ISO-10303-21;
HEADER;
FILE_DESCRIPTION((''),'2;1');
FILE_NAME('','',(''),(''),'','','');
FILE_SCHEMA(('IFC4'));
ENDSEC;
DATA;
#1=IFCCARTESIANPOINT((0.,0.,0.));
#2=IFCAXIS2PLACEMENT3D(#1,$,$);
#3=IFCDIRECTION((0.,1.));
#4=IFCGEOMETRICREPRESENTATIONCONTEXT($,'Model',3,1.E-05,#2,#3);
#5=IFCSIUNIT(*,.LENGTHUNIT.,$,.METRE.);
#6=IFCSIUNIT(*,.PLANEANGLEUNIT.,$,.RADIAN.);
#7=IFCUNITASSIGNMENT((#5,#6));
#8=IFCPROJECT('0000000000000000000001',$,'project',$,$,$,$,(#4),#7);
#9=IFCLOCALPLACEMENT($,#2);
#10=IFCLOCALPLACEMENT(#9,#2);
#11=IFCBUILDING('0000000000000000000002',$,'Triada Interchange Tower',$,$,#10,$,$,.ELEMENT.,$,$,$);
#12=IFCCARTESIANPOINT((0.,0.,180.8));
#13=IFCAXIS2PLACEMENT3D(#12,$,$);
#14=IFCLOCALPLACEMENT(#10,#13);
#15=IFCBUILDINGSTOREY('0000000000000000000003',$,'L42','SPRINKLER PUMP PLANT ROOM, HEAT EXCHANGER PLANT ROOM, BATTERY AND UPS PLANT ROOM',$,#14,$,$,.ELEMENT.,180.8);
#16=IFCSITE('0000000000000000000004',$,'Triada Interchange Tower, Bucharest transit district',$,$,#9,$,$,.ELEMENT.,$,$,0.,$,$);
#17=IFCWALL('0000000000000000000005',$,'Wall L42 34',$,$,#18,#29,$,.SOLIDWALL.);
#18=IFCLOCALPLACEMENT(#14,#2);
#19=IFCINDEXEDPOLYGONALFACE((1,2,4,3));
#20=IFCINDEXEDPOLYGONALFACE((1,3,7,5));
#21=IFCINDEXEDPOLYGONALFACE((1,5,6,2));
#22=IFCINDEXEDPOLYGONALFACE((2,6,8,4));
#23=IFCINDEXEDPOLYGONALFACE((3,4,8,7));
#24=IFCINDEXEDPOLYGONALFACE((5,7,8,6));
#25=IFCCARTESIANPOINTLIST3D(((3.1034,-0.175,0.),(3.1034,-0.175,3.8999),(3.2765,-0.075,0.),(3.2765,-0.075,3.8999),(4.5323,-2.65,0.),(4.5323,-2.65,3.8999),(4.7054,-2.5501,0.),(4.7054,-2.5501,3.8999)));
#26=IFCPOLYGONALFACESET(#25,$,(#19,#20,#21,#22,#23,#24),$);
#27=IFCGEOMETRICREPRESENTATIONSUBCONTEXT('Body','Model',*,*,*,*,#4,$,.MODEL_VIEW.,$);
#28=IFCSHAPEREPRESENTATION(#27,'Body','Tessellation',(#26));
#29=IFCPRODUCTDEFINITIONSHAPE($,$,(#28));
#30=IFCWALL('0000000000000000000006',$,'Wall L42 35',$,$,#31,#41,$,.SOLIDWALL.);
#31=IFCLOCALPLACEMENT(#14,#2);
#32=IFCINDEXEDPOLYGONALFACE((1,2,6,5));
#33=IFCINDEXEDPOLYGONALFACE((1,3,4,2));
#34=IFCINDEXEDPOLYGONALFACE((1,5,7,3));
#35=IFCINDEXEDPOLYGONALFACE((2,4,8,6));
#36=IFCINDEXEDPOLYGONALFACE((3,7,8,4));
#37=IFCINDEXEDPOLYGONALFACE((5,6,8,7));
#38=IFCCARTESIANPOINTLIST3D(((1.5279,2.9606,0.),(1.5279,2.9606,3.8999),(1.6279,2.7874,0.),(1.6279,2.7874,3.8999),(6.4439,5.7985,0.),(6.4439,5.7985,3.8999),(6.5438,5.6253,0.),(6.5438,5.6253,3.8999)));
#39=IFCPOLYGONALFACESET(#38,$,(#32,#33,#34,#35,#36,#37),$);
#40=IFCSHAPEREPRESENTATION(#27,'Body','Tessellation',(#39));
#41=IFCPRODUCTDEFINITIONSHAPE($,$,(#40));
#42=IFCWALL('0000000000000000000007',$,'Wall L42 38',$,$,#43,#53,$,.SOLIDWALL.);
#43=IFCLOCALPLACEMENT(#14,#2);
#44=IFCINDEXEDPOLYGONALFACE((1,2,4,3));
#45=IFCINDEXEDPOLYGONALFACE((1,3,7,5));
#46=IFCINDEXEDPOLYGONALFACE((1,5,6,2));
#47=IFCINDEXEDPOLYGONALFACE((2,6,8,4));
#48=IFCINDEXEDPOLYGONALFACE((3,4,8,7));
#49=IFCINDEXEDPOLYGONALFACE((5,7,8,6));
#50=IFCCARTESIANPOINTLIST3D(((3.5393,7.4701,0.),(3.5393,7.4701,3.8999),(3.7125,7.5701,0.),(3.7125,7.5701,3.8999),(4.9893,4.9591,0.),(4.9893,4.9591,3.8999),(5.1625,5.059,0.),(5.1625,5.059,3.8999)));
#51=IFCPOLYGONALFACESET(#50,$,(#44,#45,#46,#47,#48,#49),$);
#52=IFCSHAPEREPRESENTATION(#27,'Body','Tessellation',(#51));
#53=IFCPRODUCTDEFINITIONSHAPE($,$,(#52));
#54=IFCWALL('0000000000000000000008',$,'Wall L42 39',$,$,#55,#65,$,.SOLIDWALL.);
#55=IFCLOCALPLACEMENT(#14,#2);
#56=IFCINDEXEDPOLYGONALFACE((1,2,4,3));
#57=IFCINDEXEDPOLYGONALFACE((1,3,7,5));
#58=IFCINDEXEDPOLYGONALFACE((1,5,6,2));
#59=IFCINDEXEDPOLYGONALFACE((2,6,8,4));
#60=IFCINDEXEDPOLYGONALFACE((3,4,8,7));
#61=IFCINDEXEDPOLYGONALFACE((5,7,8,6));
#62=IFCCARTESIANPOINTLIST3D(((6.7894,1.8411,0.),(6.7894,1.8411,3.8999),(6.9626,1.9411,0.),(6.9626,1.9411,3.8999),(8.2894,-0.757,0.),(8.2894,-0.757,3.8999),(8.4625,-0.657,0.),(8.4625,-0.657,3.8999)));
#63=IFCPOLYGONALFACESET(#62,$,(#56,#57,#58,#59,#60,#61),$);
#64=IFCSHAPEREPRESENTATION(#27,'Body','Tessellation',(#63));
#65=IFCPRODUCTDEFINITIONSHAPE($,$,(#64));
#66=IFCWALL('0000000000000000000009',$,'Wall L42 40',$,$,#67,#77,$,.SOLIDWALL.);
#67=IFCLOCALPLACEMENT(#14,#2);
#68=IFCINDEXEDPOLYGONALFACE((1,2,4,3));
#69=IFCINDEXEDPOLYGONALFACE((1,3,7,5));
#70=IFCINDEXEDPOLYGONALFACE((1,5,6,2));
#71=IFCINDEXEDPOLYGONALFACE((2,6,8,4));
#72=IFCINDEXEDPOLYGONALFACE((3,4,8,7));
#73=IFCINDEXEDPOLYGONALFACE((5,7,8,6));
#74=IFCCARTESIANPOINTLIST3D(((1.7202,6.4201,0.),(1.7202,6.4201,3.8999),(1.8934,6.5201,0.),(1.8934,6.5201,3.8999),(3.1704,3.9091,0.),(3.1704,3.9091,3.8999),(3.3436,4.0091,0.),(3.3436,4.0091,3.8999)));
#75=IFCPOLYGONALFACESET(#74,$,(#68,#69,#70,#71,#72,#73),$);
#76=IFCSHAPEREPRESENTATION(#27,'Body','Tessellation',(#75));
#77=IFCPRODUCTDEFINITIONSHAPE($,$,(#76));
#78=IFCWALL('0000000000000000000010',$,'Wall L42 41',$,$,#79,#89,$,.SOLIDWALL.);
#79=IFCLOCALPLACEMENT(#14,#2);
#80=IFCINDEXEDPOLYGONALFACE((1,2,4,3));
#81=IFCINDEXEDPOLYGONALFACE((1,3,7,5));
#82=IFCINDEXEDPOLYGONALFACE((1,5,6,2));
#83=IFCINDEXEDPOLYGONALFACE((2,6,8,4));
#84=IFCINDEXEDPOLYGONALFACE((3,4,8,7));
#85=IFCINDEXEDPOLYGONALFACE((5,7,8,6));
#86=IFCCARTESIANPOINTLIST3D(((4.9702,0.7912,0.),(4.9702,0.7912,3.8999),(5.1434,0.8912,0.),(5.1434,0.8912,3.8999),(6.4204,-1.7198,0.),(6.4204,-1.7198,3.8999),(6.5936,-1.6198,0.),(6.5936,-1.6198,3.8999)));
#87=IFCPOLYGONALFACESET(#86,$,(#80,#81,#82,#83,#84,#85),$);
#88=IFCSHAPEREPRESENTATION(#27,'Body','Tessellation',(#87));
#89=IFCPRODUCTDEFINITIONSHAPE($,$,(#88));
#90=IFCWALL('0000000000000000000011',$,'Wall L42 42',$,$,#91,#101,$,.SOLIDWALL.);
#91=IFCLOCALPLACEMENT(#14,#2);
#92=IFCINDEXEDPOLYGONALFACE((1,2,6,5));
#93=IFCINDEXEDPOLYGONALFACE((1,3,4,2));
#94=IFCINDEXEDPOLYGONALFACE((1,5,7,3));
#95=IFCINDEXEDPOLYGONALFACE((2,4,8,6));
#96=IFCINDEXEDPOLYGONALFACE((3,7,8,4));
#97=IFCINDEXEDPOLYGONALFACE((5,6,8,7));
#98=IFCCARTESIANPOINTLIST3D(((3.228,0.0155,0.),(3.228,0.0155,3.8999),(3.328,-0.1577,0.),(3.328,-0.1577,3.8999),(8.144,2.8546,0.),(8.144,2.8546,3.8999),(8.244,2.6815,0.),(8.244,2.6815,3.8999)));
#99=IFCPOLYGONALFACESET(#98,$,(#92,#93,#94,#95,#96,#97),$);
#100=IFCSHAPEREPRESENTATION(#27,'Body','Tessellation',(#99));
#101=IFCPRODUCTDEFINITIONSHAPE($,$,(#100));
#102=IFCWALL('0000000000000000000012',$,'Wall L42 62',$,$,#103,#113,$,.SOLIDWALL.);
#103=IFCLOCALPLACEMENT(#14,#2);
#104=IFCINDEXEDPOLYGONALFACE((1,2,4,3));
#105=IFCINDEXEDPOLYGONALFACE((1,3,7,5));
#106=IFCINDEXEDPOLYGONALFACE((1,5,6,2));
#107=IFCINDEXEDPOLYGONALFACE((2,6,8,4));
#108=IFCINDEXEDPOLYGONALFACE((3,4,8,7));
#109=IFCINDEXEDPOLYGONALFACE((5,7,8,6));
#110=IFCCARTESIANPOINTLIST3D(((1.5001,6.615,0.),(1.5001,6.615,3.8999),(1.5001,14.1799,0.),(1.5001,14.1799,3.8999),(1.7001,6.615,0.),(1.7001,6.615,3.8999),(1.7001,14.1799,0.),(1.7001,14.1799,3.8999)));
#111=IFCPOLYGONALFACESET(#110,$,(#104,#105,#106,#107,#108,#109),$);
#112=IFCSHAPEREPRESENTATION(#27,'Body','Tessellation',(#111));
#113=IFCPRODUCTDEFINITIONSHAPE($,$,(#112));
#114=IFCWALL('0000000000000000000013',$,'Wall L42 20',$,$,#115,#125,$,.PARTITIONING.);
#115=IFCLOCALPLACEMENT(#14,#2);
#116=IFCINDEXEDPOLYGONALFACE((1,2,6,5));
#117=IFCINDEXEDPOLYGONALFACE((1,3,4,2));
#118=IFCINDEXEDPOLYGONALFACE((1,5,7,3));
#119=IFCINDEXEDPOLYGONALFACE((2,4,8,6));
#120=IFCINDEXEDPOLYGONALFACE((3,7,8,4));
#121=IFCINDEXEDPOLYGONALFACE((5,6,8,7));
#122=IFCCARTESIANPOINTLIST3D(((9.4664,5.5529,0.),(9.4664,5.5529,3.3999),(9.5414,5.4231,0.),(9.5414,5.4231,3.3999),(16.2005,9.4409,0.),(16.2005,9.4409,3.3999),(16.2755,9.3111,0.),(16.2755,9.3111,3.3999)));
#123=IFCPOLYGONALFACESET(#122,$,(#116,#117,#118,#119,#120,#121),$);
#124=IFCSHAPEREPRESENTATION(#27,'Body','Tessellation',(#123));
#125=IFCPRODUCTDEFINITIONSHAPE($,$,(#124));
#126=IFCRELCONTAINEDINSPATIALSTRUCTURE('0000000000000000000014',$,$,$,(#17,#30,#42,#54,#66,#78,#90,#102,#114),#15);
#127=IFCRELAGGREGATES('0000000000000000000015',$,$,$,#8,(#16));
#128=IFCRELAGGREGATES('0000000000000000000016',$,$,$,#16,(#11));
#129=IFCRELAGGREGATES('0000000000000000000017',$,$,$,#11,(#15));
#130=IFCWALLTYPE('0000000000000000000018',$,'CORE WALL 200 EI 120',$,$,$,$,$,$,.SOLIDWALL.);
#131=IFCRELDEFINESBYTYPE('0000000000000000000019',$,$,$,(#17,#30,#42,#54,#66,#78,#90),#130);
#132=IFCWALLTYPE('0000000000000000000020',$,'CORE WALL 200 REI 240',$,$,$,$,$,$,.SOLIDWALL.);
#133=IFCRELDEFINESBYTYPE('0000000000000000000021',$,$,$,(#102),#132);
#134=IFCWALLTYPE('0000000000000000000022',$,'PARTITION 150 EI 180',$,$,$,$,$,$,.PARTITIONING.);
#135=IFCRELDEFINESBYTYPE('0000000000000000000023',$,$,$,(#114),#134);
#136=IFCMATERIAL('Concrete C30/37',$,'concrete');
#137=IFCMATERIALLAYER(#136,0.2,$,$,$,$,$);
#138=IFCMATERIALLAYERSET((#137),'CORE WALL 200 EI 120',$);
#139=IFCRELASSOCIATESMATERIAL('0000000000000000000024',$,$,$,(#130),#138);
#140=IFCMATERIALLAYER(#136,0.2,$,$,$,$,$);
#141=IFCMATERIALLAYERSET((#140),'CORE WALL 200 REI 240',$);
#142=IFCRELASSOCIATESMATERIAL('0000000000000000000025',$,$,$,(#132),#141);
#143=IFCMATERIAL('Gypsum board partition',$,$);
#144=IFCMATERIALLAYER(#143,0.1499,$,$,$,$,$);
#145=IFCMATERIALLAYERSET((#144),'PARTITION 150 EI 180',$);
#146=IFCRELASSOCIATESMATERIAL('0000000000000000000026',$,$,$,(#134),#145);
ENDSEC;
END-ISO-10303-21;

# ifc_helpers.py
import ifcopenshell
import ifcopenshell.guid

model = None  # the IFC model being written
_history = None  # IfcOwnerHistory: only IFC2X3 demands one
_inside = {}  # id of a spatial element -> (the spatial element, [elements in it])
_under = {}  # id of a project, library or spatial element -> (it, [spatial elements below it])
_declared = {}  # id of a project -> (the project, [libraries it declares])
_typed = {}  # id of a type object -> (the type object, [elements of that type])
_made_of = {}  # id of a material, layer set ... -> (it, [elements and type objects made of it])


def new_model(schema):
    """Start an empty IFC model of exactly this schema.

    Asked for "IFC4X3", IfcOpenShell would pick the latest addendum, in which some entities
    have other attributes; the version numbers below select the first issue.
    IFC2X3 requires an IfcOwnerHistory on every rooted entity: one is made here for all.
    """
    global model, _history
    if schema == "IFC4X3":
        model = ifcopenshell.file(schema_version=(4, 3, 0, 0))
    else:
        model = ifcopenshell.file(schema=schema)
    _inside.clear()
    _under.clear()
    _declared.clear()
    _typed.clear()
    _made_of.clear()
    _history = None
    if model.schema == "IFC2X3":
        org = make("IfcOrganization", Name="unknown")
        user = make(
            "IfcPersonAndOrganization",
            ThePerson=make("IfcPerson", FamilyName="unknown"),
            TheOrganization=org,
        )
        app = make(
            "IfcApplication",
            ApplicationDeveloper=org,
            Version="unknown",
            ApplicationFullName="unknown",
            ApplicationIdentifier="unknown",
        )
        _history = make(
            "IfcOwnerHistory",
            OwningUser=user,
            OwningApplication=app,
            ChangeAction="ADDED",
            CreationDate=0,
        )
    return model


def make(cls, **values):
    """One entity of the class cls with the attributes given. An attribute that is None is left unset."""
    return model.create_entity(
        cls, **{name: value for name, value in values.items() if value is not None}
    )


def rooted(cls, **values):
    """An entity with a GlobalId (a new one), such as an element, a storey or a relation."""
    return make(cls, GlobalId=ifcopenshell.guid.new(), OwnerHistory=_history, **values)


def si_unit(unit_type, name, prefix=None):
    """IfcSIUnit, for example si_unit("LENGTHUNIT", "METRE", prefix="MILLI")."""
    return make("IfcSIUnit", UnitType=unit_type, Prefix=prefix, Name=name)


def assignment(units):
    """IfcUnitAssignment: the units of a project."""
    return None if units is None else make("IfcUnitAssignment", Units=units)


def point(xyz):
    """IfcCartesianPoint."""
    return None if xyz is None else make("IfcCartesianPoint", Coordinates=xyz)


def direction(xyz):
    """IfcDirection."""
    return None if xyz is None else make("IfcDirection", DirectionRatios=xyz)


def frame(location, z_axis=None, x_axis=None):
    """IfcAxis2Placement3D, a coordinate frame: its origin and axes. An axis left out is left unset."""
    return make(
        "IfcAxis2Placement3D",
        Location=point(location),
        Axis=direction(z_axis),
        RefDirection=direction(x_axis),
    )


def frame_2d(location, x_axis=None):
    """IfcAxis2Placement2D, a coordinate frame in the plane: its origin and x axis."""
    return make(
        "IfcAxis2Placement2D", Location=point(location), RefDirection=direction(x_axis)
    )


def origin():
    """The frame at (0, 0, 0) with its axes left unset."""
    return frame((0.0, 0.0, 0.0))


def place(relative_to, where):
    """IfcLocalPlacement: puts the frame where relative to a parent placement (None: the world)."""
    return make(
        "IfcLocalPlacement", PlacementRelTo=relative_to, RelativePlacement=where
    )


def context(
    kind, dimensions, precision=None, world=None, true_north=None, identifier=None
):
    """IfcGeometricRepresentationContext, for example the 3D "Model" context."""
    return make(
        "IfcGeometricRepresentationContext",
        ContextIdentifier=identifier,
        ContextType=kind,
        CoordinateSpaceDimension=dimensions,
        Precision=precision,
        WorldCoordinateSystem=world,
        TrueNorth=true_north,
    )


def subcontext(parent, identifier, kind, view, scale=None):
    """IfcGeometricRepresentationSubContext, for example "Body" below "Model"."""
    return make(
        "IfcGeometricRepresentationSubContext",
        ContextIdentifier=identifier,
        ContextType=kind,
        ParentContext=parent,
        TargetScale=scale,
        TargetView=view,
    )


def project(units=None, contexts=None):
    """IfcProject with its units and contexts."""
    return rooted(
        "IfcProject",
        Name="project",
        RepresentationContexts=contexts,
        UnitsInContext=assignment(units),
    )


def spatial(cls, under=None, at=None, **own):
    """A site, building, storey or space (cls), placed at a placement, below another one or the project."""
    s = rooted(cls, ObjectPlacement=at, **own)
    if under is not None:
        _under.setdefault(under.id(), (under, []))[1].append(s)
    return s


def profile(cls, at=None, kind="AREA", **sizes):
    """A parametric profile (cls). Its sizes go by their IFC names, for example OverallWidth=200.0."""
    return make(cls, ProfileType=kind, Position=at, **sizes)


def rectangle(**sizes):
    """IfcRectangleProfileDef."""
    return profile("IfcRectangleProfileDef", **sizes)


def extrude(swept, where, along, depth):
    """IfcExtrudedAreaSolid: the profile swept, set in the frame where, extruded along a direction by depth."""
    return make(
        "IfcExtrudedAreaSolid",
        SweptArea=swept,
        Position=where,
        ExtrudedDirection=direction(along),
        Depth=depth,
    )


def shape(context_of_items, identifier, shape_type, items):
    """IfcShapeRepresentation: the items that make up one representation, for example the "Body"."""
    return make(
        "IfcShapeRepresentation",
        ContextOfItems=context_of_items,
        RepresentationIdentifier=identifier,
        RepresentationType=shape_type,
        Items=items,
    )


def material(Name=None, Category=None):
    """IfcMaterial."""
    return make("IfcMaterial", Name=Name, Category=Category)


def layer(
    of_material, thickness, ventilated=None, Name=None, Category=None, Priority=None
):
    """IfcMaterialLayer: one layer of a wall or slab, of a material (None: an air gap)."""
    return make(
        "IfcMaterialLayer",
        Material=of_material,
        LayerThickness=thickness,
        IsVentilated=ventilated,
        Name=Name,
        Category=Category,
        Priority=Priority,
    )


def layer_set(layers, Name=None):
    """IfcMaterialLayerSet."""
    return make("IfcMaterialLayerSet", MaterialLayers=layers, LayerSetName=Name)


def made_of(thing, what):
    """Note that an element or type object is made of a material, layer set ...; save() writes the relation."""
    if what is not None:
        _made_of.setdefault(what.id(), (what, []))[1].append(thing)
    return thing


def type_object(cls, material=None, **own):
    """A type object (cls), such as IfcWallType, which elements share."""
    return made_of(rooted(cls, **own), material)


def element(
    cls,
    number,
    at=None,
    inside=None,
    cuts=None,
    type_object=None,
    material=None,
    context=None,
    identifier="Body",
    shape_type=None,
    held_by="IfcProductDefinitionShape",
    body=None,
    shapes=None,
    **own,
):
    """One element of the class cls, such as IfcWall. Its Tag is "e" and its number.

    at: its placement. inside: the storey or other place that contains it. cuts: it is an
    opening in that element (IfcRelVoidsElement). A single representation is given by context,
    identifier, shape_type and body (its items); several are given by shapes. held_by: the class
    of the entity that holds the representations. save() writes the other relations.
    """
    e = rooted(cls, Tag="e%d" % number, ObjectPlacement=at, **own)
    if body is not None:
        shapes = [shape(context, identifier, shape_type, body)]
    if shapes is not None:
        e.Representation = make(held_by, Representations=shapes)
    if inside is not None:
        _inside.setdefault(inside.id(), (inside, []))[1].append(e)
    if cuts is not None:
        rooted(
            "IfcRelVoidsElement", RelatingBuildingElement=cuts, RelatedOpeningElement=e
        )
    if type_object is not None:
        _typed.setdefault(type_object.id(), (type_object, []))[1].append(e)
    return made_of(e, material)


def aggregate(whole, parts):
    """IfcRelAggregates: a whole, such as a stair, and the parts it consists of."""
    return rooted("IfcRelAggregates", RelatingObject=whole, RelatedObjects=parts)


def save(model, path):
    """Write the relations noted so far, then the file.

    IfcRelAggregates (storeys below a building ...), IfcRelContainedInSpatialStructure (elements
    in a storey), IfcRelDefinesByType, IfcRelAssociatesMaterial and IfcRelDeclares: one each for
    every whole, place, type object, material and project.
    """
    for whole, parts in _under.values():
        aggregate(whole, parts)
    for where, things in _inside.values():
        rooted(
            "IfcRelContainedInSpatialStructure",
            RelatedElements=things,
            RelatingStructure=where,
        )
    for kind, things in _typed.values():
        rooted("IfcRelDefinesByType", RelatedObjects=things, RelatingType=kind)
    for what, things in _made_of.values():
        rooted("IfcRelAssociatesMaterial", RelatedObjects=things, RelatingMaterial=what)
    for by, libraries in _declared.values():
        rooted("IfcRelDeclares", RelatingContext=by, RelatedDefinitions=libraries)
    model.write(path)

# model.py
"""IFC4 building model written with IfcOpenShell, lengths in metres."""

from ifc_helpers import new_model, si_unit, direction, frame, frame_2d, origin, place, context, subcontext, project, spatial, rectangle, extrude, material, layer, layer_set, type_object, element, save


model = new_model("IFC4")

# Units and contexts
model_context = context("Model", 3, precision=1e-05, world=origin(), true_north=direction((0.0, 1.0)))
body_context = subcontext(model_context, "Body", "Model", "MODEL_VIEW")
ifc_project = project(units=[si_unit("LENGTHUNIT", "METRE"), si_unit("PLANEANGLEUNIT", "RADIAN")], contexts=[model_context])

# Site, building, storey
site_placement = place(None, origin())
site = spatial("IfcSite", under=ifc_project, at=site_placement, Name="Triada Interchange Tower, Bucharest transit district", CompositionType="ELEMENT", RefElevation=0.0)
building_placement = place(site_placement, origin())
building = spatial("IfcBuilding", under=site, at=building_placement, Name="Triada Interchange Tower", CompositionType="ELEMENT")
storey_placement = place(building_placement, frame((0.0, 0.0, 180.8)))
storey = spatial("IfcBuildingStorey", under=building, at=storey_placement, Name="L42", Description="SPRINKLER PUMP PLANT ROOM, HEAT EXCHANGER PLANT ROOM, BATTERY AND UPS PLANT ROOM", CompositionType="ELEMENT", Elevation=180.8)

# Walls
ifc_material_1 = material(Name="Concrete C30/37", Category="concrete")
ifc_layer_1 = layer(ifc_material_1, 0.2)
ifc_layer_set_1 = layer_set([ifc_layer_1], Name="CORE WALL 200 EI 120")
wall_type_1 = type_object("IfcWallType", Name="CORE WALL 200 EI 120", PredefinedType="SOLIDWALL", material=ifc_layer_set_1)
wall_1_placement = place(storey_placement, frame((3.1899, -0.125, 0.0), z_axis=(0.0, 0.0, 1.0), x_axis=(0.499989, -0.866032, 0.0)))
element("IfcWall", 1, at=wall_1_placement, inside=storey, type_object=wall_type_1, Name="Wall L42 34", PredefinedType="SOLIDWALL", context=body_context, shape_type="SweptSolid", body=[
    extrude(rectangle(XDim=2.8579, YDim=0.2, at=frame_2d((1.429, 0.0))), origin(), (0.0, 0.0, 1.0), 3.8999),
])
wall_2_placement = place(storey_placement, frame((1.5779, 2.874, 0.0), z_axis=(0.0, 0.0, 1.0), x_axis=(0.866054, 0.499951, 0.0)))
element("IfcWall", 2, at=wall_2_placement, inside=storey, type_object=wall_type_1, Name="Wall L42 35", PredefinedType="SOLIDWALL", context=body_context, shape_type="SweptSolid", body=[
    extrude(rectangle(XDim=5.6763, YDim=0.2, at=frame_2d((2.8381, 0.0))), origin(), (0.0, 0.0, 1.0), 3.8999),
])
wall_3_placement = place(storey_placement, frame((3.626, 7.52, 0.0), z_axis=(0.0, 0.0, 1.0), x_axis=(0.50006, -0.865991, 0.0)))
element("IfcWall", 3, at=wall_3_placement, inside=storey, type_object=wall_type_1, Name="Wall L42 38", PredefinedType="SOLIDWALL", context=body_context, shape_type="SweptSolid", body=[
    extrude(rectangle(XDim=2.8997, YDim=0.2, at=frame_2d((1.4497, 0.0))), origin(), (0.0, 0.0, 1.0), 3.8999),
])
wall_4_placement = place(storey_placement, frame((6.876, 1.8911, 0.0), z_axis=(0.0, 0.0, 1.0), x_axis=(0.49999, -0.866031, 0.0)))
element("IfcWall", 4, at=wall_4_placement, inside=storey, type_object=wall_type_1, Name="Wall L42 39", PredefinedType="SOLIDWALL", context=body_context, shape_type="SweptSolid", body=[
    extrude(rectangle(XDim=3.0, YDim=0.2, at=frame_2d((1.5, 0.0))), origin(), (0.0, 0.0, 1.0), 3.8999),
])
for number, where, z_axis, x_axis, name in (
    (5, (1.8069, 6.47, 0.0), (0.0, 0.0, 1.0), (0.500123, -0.865954, 0.0), "Wall L42 40"),
    (6, (5.0569, 0.8411, 0.0), (0.0, 0.0, 1.0), (0.500123, -0.865954, 0.0), "Wall L42 41"),
):
    element("IfcWall", number, at=place(storey_placement, frame(where, z_axis=z_axis, x_axis=x_axis)), inside=storey, type_object=wall_type_1, Name=name, PredefinedType="SOLIDWALL", context=body_context, shape_type="SweptSolid", body=[
        extrude(rectangle(XDim=2.8997, YDim=0.2, at=frame_2d((1.4497, 0.0))), origin(), (0.0, 0.0, 1.0), 3.8999),
    ])
wall_5_placement = place(storey_placement, frame((3.2781, -0.071, 0.0), z_axis=(0.0, 0.0, 1.0), x_axis=(0.865961, 0.500112, 0.0)))
element("IfcWall", 7, at=wall_5_placement, inside=storey, type_object=wall_type_1, Name="Wall L42 42", PredefinedType="SOLIDWALL", context=body_context, shape_type="SweptSolid", body=[
    extrude(rectangle(XDim=5.677, YDim=0.2, at=frame_2d((2.8384, 0.0))), origin(), (0.0, 0.0, 1.0), 3.8999),
])
ifc_layer_2 = layer(ifc_material_1, 0.2)
ifc_layer_set_2 = layer_set([ifc_layer_2], Name="CORE WALL 200 REI 240")
wall_type_2 = type_object("IfcWallType", Name="CORE WALL 200 REI 240", PredefinedType="SOLIDWALL", material=ifc_layer_set_2)
wall_6_placement = place(storey_placement, frame((1.6001, 6.615, 0.0), z_axis=(0.0, 0.0, 1.0), x_axis=(0.0, 1.0, 0.0)))
element("IfcWall", 8, at=wall_6_placement, inside=storey, type_object=wall_type_2, Name="Wall L42 62", PredefinedType="SOLIDWALL", context=body_context, shape_type="SweptSolid", body=[
    extrude(rectangle(XDim=7.5649, YDim=0.2, at=frame_2d((3.7825, 0.0))), origin(), (0.0, 0.0, 1.0), 3.8999),
])
ifc_material_2 = material(Name="Gypsum board partition")
ifc_layer_3 = layer(ifc_material_2, 0.1499)
ifc_layer_set_3 = layer_set([ifc_layer_3], Name="PARTITION 150 EI 180")
wall_type_3 = type_object("IfcWallType", Name="PARTITION 150 EI 180", PredefinedType="PARTITIONING", material=ifc_layer_set_3)
wall_7_placement = place(storey_placement, frame((9.5039, 5.488, 0.0), z_axis=(0.0, 0.0, 1.0), x_axis=(0.866026, 0.499999, 0.0)))
element("IfcWall", 9, at=wall_7_placement, inside=storey, type_object=wall_type_3, Name="Wall L42 20", PredefinedType="PARTITIONING", context=body_context, shape_type="SweptSolid", body=[
    extrude(rectangle(XDim=7.7759, YDim=0.1499, at=frame_2d((3.8879, 0.0))), origin(), (0.0, 0.0, 1.0), 3.3999),
])

save(model, "model.ifc")
